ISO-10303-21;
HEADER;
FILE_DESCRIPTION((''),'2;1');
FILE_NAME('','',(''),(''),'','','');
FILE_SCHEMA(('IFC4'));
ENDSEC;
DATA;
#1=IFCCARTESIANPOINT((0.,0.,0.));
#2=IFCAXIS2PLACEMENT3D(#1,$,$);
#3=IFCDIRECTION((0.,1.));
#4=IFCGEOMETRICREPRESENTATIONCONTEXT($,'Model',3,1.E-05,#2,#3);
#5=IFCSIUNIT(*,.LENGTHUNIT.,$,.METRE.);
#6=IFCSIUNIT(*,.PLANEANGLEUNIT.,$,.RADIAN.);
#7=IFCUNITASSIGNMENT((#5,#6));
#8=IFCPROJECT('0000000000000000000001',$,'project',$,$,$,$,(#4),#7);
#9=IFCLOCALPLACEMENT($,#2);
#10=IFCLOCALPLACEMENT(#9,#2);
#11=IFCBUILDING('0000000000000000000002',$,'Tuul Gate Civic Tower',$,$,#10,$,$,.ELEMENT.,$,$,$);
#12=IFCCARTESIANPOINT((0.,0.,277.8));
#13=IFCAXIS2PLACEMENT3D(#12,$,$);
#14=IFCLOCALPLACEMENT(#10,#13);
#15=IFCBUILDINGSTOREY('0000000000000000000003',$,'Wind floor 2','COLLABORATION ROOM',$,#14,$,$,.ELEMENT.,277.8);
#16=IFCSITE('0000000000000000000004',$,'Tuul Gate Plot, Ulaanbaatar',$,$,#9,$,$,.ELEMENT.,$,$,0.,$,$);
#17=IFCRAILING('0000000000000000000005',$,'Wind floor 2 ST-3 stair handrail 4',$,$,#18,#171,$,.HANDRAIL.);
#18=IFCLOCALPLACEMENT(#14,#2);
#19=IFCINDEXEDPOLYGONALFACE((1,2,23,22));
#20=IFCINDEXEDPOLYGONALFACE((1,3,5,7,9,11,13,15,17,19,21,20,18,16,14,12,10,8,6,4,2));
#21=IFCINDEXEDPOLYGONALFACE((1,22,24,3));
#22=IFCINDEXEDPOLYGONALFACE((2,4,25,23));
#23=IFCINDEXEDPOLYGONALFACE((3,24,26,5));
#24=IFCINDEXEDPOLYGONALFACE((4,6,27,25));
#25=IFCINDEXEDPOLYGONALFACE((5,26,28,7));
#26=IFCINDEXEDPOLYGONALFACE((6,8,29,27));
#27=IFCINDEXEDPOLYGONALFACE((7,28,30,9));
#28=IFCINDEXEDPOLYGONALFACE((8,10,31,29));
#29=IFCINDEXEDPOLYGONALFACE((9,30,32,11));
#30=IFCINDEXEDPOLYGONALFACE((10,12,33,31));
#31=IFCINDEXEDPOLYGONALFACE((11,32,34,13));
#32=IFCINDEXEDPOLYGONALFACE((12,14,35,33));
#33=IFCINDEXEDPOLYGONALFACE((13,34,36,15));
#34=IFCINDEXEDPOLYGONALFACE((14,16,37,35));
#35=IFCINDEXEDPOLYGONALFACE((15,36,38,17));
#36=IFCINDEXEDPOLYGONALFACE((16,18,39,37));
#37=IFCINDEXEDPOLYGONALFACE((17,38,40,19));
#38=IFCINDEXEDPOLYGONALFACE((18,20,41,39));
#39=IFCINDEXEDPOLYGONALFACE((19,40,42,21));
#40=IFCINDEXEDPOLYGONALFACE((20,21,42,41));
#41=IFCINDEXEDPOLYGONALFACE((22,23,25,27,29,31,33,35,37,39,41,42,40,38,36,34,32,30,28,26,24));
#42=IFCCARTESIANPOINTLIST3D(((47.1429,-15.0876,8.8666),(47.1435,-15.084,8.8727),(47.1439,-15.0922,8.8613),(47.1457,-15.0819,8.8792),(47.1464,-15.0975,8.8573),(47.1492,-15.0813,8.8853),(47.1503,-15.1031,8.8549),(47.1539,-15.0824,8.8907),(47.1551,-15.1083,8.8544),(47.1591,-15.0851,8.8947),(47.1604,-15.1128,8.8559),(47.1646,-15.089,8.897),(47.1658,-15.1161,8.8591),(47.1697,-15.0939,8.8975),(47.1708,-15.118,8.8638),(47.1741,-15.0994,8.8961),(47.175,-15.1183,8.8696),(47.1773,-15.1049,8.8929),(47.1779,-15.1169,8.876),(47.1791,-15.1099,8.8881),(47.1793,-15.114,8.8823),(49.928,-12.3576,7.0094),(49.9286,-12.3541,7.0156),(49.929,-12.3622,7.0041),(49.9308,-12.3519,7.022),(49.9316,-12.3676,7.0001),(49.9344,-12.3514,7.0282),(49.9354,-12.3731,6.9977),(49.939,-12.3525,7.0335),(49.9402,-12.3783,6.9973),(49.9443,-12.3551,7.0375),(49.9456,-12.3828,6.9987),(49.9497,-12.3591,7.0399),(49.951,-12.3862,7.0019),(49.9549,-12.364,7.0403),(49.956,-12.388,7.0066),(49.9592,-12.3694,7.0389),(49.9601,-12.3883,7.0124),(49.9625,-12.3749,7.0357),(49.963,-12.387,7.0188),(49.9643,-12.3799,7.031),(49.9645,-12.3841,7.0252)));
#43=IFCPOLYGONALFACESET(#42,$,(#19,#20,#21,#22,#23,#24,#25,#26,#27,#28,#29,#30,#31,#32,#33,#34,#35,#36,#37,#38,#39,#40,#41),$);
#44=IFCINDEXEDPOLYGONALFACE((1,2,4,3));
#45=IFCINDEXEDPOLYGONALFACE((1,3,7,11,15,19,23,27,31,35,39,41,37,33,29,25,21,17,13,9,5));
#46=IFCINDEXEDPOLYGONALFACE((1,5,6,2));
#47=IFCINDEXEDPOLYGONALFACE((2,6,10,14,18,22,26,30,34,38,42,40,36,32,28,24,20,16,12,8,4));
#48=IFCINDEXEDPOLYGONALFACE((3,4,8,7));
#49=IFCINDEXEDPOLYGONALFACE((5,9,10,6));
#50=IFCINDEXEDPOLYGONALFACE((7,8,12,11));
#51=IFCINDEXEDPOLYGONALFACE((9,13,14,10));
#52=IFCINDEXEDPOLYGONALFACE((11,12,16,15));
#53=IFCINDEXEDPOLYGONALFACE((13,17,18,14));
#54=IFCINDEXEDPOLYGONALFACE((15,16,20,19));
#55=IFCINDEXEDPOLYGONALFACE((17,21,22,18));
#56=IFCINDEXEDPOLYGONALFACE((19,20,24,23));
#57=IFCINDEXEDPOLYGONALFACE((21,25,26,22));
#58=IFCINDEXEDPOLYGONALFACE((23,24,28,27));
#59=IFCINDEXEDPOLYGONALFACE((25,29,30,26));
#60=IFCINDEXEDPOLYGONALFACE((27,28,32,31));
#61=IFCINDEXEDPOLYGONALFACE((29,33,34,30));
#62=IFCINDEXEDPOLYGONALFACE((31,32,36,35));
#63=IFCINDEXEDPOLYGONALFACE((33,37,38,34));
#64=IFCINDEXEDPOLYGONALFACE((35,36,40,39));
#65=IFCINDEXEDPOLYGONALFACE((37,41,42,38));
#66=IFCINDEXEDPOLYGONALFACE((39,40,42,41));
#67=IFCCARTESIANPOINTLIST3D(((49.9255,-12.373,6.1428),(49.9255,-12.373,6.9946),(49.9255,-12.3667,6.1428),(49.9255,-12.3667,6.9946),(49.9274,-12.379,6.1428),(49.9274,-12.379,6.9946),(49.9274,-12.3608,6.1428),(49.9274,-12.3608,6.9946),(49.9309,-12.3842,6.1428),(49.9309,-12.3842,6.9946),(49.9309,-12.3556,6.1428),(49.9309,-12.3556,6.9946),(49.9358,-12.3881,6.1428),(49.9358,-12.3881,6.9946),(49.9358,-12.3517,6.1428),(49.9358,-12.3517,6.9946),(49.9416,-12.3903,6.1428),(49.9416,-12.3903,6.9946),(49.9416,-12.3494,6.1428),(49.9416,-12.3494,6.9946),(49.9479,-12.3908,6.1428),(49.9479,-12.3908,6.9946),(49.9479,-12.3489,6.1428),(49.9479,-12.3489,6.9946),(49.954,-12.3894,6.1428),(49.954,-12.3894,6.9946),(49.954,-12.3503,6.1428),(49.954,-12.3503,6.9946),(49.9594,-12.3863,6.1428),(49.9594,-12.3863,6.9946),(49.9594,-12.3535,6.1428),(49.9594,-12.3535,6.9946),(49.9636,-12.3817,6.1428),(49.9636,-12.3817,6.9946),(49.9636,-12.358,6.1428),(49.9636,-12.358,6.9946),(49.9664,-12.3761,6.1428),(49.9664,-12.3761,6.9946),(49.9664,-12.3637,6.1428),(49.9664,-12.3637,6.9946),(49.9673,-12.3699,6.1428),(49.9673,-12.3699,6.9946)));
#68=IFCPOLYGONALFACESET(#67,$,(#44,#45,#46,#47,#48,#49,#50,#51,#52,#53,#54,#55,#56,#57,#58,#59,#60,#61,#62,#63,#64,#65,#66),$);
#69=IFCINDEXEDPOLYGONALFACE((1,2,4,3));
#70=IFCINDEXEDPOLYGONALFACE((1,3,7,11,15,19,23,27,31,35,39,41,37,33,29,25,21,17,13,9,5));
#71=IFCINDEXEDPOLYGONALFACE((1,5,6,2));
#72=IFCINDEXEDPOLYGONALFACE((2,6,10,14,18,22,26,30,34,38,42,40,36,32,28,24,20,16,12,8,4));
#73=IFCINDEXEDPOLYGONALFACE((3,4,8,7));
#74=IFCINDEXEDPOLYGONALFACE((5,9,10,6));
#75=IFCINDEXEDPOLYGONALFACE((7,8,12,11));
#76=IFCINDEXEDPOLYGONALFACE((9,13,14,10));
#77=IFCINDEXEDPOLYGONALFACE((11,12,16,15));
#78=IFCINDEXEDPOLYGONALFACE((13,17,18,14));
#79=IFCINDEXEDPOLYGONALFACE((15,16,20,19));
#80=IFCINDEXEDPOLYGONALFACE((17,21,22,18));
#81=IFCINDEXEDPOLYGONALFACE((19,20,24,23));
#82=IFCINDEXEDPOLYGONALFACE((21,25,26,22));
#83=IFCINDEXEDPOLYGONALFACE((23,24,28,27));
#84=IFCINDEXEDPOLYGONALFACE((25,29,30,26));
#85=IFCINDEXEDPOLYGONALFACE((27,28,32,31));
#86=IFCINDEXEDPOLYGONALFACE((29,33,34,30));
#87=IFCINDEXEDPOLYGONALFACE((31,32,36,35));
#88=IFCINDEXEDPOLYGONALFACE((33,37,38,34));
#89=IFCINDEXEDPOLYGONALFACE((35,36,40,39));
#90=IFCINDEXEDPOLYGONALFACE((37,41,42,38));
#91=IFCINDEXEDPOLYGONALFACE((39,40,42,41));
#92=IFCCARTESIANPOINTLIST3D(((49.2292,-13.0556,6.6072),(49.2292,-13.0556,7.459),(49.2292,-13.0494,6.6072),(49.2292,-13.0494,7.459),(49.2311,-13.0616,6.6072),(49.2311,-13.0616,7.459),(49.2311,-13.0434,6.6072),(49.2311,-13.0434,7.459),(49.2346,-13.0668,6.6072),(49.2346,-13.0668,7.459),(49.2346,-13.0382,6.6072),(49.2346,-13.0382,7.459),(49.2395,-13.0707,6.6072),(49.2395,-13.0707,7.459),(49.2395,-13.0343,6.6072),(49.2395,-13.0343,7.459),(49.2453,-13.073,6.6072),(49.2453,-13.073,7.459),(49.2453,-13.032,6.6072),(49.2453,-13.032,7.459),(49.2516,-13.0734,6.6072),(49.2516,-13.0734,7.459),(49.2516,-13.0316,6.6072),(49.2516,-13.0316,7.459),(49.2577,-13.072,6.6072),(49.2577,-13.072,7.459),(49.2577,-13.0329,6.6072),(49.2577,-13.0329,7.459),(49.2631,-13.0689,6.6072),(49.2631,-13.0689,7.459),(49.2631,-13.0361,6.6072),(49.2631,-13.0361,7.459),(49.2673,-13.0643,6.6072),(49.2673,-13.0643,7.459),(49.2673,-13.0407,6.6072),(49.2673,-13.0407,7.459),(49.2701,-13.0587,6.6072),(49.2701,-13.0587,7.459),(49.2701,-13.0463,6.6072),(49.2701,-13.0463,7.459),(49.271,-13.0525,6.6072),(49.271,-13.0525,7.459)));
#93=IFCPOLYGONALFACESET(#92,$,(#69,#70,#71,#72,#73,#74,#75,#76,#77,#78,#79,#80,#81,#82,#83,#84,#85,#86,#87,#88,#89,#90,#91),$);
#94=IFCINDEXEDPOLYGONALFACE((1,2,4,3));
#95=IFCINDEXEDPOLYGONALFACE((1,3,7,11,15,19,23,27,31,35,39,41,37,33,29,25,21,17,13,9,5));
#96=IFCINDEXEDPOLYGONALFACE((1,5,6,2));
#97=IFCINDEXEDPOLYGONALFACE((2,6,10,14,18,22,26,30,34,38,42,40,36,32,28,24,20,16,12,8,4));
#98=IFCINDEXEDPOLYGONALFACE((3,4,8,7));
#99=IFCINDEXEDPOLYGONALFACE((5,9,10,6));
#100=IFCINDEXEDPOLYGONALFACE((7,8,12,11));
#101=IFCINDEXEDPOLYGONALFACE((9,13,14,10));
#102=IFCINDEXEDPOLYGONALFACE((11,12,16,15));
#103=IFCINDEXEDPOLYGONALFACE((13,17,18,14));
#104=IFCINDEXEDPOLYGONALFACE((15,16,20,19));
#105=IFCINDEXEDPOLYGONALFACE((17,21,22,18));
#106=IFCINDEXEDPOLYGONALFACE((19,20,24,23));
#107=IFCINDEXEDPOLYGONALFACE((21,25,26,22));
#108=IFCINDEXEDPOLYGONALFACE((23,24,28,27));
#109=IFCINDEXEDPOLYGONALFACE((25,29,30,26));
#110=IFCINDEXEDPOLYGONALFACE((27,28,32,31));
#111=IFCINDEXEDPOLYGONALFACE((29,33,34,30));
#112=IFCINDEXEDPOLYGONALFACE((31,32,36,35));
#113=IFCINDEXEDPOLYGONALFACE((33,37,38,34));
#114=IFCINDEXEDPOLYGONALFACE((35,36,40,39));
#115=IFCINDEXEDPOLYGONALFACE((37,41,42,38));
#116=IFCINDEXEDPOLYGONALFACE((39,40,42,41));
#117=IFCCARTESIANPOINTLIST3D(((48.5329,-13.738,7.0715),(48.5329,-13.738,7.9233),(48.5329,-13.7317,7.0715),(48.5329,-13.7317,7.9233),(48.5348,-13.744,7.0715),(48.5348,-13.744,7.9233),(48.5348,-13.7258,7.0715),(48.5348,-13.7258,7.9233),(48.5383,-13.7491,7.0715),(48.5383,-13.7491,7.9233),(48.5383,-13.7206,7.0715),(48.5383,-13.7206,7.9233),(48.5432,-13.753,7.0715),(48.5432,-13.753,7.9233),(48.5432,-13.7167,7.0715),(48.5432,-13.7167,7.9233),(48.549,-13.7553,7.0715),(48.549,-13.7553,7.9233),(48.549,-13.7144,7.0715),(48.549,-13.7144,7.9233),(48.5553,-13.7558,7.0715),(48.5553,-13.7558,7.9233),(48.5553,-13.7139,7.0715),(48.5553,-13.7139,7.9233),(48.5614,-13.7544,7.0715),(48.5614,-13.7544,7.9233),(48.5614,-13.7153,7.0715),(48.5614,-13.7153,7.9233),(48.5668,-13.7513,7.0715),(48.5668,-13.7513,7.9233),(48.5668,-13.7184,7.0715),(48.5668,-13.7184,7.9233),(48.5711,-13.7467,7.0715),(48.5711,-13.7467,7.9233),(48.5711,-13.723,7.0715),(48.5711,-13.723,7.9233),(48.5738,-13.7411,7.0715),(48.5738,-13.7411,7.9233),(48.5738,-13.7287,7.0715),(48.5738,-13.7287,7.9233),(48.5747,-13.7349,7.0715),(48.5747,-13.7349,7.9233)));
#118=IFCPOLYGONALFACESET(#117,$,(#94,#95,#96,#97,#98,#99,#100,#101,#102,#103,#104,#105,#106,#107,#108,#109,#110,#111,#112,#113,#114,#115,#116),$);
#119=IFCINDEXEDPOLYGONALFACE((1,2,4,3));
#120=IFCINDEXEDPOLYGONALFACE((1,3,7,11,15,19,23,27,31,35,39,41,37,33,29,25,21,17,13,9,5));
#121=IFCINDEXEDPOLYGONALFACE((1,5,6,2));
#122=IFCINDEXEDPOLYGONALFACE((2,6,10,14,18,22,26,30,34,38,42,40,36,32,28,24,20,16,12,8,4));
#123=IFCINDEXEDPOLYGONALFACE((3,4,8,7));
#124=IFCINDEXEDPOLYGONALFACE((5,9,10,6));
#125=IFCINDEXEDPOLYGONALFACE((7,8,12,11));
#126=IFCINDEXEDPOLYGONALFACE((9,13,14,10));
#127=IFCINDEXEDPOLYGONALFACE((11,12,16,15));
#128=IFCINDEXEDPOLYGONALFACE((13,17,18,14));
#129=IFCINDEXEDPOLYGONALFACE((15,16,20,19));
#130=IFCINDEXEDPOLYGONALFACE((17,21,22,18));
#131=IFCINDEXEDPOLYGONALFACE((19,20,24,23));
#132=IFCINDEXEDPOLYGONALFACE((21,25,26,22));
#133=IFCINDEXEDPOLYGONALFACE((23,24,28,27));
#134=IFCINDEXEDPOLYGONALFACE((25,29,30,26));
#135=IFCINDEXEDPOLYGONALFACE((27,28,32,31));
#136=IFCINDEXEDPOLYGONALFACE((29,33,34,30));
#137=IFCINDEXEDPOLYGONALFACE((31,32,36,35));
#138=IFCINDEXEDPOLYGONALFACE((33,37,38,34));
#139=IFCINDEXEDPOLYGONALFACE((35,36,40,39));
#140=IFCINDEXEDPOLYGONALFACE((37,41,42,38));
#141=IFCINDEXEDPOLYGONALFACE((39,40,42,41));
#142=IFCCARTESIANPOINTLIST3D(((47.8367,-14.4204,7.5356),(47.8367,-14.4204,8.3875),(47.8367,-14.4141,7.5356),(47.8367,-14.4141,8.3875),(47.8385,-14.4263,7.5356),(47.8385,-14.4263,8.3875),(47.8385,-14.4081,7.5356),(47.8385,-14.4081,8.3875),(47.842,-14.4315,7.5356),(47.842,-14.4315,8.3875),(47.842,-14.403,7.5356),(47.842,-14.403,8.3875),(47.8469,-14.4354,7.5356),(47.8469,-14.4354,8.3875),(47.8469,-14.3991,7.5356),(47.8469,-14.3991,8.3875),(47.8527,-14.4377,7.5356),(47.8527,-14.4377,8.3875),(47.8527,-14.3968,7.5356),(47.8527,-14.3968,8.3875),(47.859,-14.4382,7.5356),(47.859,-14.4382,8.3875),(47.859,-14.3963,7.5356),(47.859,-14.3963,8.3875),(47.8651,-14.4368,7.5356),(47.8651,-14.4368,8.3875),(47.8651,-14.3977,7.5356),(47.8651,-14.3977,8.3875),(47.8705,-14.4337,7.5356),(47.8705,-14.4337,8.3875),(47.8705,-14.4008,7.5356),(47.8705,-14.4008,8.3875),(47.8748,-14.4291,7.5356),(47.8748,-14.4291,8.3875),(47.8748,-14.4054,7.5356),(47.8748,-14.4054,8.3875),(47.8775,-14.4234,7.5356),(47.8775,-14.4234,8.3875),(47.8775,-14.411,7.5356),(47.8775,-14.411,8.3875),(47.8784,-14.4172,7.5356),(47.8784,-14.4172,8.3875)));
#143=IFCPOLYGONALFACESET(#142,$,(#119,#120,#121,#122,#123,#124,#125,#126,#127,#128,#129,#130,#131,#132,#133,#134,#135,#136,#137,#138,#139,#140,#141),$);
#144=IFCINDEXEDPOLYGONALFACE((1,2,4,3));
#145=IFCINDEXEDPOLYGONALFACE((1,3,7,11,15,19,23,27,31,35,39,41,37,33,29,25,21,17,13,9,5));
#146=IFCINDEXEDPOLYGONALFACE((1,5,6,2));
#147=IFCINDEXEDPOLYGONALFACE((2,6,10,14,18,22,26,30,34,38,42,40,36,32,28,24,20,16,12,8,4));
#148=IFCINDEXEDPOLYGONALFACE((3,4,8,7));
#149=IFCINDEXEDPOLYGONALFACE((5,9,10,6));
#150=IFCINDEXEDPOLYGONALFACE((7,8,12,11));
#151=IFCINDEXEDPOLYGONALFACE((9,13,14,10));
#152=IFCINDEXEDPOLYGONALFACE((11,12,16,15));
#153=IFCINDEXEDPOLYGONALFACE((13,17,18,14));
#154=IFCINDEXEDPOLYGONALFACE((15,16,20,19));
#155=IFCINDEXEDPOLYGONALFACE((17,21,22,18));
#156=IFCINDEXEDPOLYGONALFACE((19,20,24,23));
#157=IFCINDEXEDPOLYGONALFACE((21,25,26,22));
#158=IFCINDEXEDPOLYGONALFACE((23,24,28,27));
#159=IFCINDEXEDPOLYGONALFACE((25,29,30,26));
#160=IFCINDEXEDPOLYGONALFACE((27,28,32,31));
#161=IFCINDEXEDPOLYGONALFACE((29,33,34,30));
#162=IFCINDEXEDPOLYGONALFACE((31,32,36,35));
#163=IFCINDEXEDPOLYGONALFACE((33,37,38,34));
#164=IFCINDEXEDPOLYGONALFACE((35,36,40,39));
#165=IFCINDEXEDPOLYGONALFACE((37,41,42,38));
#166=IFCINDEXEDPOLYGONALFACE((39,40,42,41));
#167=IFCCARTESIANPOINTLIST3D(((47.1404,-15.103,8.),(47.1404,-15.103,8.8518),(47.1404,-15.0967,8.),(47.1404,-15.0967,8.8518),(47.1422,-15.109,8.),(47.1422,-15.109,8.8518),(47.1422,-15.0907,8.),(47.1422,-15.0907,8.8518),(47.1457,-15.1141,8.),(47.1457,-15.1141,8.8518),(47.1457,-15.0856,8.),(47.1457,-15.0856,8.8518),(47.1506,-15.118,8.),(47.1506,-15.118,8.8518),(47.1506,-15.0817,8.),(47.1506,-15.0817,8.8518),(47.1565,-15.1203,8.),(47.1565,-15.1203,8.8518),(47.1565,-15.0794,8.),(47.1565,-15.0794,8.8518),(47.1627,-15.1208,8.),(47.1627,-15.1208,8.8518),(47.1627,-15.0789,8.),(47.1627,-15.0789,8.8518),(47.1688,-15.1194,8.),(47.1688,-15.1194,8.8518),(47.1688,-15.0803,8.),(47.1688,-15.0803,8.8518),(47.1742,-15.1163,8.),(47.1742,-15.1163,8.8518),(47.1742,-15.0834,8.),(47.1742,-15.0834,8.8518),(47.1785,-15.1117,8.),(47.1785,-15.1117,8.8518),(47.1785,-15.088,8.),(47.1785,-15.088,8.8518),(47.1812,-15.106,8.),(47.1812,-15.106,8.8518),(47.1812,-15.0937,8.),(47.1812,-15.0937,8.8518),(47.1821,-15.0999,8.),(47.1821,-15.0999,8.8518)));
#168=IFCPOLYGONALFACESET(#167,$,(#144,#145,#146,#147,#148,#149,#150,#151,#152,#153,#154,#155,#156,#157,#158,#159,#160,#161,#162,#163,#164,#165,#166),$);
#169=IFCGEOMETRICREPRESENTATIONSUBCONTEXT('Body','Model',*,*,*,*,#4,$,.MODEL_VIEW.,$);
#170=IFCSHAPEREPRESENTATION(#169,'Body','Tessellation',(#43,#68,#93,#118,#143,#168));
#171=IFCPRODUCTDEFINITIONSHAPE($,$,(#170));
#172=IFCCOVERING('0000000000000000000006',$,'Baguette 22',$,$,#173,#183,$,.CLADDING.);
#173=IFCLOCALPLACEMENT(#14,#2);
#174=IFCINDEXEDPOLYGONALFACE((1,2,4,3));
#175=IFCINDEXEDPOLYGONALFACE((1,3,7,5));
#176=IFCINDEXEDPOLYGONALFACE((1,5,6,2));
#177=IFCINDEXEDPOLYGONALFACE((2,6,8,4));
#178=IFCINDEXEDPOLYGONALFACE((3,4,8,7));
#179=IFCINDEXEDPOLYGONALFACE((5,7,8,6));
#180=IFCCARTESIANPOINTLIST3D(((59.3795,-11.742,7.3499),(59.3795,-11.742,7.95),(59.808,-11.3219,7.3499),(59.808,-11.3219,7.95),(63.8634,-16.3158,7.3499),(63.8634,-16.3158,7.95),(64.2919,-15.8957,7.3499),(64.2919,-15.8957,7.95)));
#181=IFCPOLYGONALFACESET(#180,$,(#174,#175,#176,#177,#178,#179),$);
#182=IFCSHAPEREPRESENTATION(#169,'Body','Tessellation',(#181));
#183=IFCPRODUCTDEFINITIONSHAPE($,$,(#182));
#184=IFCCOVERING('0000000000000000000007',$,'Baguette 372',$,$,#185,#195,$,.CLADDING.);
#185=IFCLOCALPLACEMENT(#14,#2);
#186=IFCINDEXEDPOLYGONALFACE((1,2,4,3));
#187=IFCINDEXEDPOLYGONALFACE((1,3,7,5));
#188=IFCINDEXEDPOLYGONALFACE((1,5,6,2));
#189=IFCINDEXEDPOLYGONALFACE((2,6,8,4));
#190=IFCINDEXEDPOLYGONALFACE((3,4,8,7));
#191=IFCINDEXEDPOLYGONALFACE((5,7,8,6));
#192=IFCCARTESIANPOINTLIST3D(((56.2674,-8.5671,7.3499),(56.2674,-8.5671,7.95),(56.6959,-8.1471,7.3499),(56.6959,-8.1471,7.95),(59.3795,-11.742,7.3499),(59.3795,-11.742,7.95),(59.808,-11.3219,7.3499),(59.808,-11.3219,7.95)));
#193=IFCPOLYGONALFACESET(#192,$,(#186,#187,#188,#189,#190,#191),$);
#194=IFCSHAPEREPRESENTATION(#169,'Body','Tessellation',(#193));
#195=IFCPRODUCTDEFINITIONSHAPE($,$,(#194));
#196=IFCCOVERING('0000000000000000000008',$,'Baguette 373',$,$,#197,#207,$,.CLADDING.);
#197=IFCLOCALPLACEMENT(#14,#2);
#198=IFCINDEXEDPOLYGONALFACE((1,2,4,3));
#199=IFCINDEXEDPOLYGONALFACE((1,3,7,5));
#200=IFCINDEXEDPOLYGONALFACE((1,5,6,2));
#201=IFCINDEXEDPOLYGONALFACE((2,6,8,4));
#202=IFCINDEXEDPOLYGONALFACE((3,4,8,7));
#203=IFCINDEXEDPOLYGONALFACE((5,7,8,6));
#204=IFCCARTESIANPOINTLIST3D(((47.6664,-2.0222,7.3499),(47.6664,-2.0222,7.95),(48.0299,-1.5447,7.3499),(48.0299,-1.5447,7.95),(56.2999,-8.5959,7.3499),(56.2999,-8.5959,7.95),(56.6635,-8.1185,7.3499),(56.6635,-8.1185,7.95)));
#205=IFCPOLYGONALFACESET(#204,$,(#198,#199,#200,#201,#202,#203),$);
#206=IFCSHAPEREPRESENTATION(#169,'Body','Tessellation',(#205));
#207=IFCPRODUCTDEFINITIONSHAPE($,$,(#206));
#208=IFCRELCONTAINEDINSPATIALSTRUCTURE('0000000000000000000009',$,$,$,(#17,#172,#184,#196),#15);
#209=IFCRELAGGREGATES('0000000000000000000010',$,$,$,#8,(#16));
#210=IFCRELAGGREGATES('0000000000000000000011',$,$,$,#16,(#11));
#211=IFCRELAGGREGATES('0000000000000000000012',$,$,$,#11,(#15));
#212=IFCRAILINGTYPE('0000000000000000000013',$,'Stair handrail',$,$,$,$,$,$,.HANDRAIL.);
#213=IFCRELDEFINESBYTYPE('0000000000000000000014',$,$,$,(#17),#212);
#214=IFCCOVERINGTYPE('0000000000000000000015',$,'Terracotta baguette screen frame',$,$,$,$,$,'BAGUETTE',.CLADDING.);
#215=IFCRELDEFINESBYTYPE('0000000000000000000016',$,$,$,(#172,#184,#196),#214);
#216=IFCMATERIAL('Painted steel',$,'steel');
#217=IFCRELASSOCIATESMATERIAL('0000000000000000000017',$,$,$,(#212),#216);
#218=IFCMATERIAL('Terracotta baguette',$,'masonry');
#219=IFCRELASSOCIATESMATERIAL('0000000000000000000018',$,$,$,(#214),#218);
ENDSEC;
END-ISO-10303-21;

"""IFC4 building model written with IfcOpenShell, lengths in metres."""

from ifc_helpers import new_model, si_unit, direction, frame, origin, origin_2d, place, context, subcontext, project, spatial, rectangle, circle, extrude, material, material_profile, profile_set, type_object, element, save


model = new_model("IFC4")

# Units and contexts
model_context = context("Model", 3, precision=1e-05, world=origin(), true_north=direction((0.0, 1.0)))
body_context = subcontext(model_context, "Body", "Model", "MODEL_VIEW")
ifc_project = project(units=[si_unit("LENGTHUNIT", "METRE"), si_unit("PLANEANGLEUNIT", "RADIAN")], contexts=[model_context])

# Site, building, storey
site_placement = place(None, origin())
site = spatial("IfcSite", under=ifc_project, at=site_placement, Name="Tuul Gate Plot, Ulaanbaatar", CompositionType="ELEMENT", RefElevation=0.0)
building_placement = place(site_placement, origin())
building = spatial("IfcBuilding", under=site, at=building_placement, Name="Tuul Gate Civic Tower", CompositionType="ELEMENT")
storey_placement = place(building_placement, frame((0.0, 0.0, 277.8)))
storey = spatial("IfcBuildingStorey", under=building, at=storey_placement, Name="Wind floor 2", Description="COLLABORATION ROOM", CompositionType="ELEMENT", Elevation=277.8)

# Railing
ifc_material_1 = material(Name="Painted steel", Category="steel")
railing_type = type_object("IfcRailingType", Name="Stair handrail", PredefinedType="HANDRAIL", material=ifc_material_1)
for number, where, name in (
    (1, (49.9463, -12.3699, 6.1428), "Wind floor 2 ST-3 stair handrail 4"),
):
    element("IfcRailing", number, at=place(storey_placement, frame(where)), inside=storey, type_object=railing_type, Name=name, PredefinedType="HANDRAIL", context=body_context, shape_type="SweptSolid", body=[
        extrude(circle(Radius=0.0239, at=origin_2d()), frame((0.0, 0.0, 0.876), z_axis=(-0.644771, -0.631998, 0.429941), x_axis=(0.699998, -0.714145, 0.0)), (0.0, 0.0, 1.0), 4.3196),
        extrude(circle(Radius=0.021, at=origin_2d()), origin(), (0.0, 0.0, 1.0), 0.8518),
        extrude(circle(Radius=0.021, at=origin_2d()), frame((-0.6963, -0.6826, 0.4644)), (0.0, 0.0, 1.0), 0.8518),
        extrude(circle(Radius=0.021, at=origin_2d()), frame((-1.3926, -1.365, 0.9287)), (0.0, 0.0, 1.0), 0.8518),
        extrude(circle(Radius=0.021, at=origin_2d()), frame((-2.0889, -2.0474, 1.3928)), (0.0, 0.0, 1.0), 0.8518),
        extrude(circle(Radius=0.021, at=origin_2d()), frame((-2.7852, -2.73, 1.8572)), (0.0, 0.0, 1.0), 0.8518),
    ])

# Coverings
ifc_material_2 = material(Name="Terracotta baguette", Category="masonry")
ifc_material_profile_1 = material_profile(ifc_material_2, rectangle(XDim=0.6001, YDim=0.6001, at=origin_2d()), Name="Terracotta baguette screen frame")
ifc_profile_set_1 = profile_set([ifc_material_profile_1], Name="Terracotta baguette")
covering_type = type_object("IfcCoveringType", Name="Terracotta baguette screen frame", ElementType="BAGUETTE", PredefinedType="CLADDING", material=ifc_profile_set_1)
covering_1_placement = place(storey_placement, frame((64.0776, -16.1057, 7.6499), z_axis=(-0.700058, 0.714086, 0.0), x_axis=(-0.714086, -0.700058, 0.0)))
element("IfcCovering", 2, at=covering_1_placement, inside=storey, type_object=covering_type, Name="Baguette 22", PredefinedType="CLADDING", context=body_context, shape_type="SweptSolid", body=[
    extrude(rectangle(XDim=0.6001, YDim=0.6001, at=origin_2d()), origin(), (0.0, 0.0, 1.0), 6.405),
])
covering_2_placement = place(storey_placement, frame((59.5938, -11.532, 7.6499), z_axis=(-0.700015, 0.714128, 0.0), x_axis=(-0.714128, -0.700015, 0.0)))
element("IfcCovering", 3, at=covering_2_placement, inside=storey, type_object=covering_type, Name="Baguette 372", PredefinedType="CLADDING", context=body_context, shape_type="SweptSolid", body=[
    extrude(rectangle(XDim=0.6001, YDim=0.6001, at=origin_2d()), origin(), (0.0, 0.0, 1.0), 4.4458),
])
covering_3_placement = place(storey_placement, frame((56.4817, -8.3572, 7.6499), z_axis=(-0.795619, 0.605798, 0.0), x_axis=(-0.605798, -0.795619, 0.0)))
element("IfcCovering", 4, at=covering_3_placement, inside=storey, type_object=covering_type, Name="Baguette 373", PredefinedType="CLADDING", context=body_context, shape_type="SweptSolid", body=[
    extrude(rectangle(XDim=0.6001, YDim=0.6001, at=origin_2d()), origin(), (0.0, 0.0, 1.0), 10.8513),
])

save(model, "model.ifc")
